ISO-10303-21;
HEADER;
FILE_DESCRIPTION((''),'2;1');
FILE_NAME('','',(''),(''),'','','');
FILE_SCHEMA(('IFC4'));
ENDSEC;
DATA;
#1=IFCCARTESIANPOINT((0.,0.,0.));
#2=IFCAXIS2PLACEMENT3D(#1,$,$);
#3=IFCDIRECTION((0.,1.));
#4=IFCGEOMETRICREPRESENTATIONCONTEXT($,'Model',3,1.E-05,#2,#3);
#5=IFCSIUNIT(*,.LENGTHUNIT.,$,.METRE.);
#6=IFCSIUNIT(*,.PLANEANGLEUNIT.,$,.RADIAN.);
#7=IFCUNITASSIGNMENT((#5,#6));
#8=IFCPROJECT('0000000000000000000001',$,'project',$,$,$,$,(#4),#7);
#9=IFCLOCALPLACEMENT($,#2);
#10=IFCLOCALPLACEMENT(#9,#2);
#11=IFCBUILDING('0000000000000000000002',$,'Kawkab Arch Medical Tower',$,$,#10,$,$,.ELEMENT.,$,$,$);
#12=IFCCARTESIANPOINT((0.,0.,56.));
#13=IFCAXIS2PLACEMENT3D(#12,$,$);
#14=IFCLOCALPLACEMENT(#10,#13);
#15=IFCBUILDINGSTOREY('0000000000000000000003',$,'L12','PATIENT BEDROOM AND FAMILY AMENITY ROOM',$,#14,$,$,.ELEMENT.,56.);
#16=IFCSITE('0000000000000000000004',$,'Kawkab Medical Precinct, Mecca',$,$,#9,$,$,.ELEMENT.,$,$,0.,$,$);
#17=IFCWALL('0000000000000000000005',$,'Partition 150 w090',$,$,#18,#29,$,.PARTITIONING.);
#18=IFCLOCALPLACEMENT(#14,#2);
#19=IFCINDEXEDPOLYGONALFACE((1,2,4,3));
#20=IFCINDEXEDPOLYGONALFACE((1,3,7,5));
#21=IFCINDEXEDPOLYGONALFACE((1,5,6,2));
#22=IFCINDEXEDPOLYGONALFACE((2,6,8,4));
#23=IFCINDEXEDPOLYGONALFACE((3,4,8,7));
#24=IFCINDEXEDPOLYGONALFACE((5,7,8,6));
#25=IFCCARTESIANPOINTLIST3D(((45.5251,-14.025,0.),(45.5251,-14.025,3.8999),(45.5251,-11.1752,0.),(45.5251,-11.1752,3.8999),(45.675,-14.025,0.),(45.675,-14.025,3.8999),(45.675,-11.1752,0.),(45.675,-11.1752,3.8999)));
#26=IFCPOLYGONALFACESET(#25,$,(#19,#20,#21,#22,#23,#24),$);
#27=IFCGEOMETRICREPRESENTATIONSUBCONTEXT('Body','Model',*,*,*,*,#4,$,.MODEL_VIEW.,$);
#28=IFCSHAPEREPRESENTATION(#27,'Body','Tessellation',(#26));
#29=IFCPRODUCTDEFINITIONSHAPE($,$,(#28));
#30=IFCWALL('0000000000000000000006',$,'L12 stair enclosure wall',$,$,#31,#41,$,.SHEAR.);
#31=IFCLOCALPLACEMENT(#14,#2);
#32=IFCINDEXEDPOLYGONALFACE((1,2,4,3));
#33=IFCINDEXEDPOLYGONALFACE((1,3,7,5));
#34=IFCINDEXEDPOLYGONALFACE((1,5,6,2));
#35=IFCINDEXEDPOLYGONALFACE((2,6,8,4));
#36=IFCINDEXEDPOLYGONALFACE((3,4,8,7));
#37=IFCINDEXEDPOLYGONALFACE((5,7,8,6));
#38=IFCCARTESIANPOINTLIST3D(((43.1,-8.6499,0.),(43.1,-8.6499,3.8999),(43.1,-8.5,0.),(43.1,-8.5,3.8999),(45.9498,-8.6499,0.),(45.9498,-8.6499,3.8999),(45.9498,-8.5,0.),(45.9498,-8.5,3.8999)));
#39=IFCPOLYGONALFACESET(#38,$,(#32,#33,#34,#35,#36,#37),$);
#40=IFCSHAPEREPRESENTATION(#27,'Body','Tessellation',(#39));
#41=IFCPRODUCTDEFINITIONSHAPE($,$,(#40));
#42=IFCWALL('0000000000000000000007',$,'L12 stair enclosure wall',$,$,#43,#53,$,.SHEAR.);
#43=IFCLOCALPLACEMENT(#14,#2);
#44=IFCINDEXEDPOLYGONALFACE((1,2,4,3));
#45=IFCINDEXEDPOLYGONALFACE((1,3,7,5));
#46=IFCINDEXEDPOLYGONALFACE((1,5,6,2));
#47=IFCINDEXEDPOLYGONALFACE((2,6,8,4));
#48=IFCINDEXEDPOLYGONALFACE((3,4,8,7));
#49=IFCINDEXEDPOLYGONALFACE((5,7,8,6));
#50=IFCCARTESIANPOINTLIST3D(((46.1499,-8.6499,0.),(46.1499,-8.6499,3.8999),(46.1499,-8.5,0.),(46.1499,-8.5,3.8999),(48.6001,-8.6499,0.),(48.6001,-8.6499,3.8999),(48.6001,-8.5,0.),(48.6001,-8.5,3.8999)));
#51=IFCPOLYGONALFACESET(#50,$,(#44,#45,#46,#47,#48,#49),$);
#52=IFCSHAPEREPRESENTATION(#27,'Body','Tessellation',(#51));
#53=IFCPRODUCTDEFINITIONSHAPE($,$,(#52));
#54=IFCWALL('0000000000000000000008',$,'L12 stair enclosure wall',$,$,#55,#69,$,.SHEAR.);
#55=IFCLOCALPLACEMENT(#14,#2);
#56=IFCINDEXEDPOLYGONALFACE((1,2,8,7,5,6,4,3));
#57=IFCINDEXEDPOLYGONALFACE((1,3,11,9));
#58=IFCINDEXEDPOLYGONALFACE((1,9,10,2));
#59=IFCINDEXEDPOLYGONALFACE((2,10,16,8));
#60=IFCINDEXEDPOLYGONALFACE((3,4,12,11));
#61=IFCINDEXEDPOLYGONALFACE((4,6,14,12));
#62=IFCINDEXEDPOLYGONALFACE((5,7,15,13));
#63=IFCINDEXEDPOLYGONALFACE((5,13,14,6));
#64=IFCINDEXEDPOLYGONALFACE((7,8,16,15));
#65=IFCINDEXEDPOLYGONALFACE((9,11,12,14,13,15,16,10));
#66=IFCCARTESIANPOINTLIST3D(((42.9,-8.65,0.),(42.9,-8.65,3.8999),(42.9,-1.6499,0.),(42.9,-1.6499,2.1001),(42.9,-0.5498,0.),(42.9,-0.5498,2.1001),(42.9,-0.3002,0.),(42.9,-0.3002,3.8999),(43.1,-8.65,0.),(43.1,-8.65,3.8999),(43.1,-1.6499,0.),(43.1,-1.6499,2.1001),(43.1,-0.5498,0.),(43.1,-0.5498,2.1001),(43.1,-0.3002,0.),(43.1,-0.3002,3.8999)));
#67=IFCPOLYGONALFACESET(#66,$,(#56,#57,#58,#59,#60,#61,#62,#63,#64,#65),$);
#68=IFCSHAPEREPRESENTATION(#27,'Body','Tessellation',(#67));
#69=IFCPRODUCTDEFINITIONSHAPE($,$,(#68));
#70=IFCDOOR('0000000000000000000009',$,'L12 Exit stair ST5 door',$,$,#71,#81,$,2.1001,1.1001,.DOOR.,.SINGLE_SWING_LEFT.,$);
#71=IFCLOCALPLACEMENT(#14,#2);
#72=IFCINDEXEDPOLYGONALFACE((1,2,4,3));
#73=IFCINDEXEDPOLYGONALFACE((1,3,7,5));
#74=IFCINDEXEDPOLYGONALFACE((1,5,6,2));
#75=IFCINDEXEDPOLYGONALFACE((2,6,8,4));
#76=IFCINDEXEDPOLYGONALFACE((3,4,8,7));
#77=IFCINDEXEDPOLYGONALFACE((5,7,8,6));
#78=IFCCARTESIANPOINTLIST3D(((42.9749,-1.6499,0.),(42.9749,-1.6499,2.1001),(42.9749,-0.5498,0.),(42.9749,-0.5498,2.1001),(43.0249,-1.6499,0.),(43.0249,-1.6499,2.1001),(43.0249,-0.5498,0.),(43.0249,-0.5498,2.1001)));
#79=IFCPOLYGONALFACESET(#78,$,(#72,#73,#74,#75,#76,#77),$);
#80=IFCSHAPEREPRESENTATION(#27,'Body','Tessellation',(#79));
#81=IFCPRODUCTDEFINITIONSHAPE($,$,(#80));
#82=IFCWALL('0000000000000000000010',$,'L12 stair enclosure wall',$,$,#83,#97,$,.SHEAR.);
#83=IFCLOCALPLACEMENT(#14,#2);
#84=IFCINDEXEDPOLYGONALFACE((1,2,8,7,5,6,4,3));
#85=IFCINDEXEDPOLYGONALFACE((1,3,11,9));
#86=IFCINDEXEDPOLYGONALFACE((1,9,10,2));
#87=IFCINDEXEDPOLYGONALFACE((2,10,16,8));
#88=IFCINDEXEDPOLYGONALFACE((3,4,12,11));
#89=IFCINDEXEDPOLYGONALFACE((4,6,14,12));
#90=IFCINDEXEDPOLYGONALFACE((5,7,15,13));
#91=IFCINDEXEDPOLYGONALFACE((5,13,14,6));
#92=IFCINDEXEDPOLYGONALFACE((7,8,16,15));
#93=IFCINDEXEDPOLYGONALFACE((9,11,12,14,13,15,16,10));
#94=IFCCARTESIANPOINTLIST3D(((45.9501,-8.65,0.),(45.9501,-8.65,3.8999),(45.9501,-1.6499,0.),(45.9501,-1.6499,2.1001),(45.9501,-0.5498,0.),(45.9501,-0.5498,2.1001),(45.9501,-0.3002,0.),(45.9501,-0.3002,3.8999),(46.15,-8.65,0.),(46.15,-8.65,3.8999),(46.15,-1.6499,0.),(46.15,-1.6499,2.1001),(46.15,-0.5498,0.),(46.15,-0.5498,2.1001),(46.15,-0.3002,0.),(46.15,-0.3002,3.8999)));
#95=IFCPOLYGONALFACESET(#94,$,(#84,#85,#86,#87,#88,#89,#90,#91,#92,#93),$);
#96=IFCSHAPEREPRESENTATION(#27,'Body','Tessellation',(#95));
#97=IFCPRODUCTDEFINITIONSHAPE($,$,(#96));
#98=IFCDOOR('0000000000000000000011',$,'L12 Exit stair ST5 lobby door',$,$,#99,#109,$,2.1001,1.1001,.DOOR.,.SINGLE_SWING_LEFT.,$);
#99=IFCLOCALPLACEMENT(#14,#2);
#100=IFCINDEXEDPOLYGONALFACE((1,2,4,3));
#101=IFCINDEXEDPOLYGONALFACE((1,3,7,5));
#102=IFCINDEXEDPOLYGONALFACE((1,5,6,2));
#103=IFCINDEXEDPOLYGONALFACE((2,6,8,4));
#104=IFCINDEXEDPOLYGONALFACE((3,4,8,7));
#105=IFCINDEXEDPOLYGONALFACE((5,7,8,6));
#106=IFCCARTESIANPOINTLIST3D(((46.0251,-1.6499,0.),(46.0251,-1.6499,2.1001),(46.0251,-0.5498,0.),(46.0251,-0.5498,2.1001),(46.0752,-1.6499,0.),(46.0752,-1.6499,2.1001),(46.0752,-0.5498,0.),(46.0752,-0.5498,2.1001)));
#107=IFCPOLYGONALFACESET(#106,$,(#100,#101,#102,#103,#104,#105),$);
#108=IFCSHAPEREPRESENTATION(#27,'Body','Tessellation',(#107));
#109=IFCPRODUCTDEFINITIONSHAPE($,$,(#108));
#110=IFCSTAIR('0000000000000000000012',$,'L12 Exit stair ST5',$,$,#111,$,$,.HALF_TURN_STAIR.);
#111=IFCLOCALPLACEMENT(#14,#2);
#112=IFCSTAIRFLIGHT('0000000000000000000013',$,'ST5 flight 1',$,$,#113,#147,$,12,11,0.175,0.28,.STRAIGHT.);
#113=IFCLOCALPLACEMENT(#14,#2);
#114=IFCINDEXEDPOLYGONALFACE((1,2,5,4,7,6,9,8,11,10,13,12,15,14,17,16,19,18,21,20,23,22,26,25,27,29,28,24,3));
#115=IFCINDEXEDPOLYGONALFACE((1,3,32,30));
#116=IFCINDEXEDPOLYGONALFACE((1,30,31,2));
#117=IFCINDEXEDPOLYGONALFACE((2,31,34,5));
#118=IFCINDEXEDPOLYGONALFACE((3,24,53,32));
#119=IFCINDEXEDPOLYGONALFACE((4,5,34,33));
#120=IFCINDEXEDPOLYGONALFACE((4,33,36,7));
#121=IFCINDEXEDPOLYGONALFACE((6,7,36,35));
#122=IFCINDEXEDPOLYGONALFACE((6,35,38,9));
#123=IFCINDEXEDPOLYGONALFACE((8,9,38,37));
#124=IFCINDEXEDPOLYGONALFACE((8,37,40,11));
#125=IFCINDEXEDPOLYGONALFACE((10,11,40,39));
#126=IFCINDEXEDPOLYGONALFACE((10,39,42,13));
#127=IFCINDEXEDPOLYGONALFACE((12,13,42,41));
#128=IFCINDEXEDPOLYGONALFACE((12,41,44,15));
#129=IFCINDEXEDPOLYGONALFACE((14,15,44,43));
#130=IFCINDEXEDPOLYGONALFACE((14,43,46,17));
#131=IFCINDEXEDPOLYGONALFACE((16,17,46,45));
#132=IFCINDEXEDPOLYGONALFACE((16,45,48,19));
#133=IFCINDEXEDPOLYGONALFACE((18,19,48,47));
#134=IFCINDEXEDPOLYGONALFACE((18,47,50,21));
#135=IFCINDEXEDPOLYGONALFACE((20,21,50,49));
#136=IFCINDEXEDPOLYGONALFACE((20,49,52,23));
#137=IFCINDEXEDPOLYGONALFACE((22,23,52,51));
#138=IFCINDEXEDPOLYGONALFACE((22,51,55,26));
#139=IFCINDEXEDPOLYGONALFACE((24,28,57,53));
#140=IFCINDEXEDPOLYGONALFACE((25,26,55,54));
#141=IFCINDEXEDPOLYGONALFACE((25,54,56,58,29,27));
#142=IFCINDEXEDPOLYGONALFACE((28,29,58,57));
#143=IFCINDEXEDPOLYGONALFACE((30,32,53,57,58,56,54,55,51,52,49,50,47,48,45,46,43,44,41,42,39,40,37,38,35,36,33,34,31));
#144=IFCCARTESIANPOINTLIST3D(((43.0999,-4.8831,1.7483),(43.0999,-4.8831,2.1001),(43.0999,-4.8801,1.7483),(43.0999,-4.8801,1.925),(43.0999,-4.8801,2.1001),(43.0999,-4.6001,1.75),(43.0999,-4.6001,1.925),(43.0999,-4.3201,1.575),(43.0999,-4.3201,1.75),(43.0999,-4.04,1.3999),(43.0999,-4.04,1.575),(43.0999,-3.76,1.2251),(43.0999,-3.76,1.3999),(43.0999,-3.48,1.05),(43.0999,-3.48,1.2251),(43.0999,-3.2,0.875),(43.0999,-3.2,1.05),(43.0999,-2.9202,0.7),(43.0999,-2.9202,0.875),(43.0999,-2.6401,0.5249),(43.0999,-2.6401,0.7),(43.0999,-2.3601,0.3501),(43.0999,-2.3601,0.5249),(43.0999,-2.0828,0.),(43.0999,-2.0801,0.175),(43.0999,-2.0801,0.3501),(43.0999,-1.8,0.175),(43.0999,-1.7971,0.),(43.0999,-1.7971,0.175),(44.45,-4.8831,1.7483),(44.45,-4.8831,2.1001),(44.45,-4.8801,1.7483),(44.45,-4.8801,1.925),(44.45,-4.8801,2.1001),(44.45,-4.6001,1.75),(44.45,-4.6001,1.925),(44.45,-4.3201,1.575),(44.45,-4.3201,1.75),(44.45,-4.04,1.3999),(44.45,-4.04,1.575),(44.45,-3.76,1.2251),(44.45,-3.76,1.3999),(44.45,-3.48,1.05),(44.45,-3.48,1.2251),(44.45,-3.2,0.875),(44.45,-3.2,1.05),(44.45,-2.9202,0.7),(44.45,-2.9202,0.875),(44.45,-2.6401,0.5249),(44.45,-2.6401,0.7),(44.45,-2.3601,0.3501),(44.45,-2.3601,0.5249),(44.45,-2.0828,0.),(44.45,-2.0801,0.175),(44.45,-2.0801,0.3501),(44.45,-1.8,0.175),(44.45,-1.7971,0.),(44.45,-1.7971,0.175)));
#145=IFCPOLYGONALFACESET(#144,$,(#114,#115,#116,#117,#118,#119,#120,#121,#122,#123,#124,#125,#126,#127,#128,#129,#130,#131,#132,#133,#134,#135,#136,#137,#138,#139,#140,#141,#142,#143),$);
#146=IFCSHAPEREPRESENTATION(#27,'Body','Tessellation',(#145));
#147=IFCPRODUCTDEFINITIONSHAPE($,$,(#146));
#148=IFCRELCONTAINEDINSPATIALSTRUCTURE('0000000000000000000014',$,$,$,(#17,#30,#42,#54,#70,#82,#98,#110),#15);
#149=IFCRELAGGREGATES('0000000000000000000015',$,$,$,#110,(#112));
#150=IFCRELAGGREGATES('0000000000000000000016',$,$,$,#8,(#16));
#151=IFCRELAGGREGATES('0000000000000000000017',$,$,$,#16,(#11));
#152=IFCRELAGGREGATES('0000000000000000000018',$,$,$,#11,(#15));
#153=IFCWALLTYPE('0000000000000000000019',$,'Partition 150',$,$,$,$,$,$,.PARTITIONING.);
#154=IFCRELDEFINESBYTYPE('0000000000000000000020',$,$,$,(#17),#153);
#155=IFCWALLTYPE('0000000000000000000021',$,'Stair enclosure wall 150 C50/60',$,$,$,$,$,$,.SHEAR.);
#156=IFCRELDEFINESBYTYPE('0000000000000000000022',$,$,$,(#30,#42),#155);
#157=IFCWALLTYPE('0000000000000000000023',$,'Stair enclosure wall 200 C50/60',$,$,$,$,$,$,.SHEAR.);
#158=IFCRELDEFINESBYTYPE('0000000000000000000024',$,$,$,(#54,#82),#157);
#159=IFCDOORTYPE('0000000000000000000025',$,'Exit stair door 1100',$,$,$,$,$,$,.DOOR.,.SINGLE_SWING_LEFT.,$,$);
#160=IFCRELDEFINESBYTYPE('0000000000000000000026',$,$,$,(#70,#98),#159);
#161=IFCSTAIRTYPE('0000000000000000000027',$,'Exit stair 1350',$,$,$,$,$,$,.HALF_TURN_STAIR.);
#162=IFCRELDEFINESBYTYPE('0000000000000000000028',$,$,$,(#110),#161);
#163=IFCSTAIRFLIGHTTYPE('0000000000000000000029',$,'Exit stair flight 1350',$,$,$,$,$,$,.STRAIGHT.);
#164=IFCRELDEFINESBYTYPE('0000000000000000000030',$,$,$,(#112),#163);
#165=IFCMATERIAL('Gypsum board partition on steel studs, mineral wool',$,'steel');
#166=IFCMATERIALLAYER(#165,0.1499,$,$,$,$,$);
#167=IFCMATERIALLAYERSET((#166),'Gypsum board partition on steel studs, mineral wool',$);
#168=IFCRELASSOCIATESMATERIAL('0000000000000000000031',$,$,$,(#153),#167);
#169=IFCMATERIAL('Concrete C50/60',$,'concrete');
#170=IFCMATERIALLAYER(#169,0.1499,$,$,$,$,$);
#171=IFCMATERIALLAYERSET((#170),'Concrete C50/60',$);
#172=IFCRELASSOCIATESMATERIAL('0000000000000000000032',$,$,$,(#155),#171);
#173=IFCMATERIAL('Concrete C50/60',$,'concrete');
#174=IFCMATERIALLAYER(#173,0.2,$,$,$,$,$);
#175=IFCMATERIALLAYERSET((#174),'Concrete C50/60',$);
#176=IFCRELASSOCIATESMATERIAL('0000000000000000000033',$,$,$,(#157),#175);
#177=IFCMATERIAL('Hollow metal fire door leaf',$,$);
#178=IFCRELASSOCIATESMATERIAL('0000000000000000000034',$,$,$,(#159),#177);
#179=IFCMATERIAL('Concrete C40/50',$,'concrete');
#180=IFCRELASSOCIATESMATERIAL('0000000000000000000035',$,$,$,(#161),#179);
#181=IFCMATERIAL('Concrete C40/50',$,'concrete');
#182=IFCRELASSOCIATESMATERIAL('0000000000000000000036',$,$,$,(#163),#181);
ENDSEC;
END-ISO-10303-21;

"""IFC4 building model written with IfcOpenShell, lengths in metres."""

from ifc_helpers import new_model, si_unit, direction, frame, frame_2d, origin, place, context, subcontext, project, spatial, polyline, rectangle, outline, extrude, material, layer, layer_set, type_object, element, fill, aggregate, save


model = new_model("IFC4")

# Units and contexts
model_context = context("Model", 3, precision=1e-05, world=origin(), true_north=direction((0.0, 1.0)))
body_context = subcontext(model_context, "Body", "Model", "MODEL_VIEW")
ifc_project = project(units=[si_unit("LENGTHUNIT", "METRE"), si_unit("PLANEANGLEUNIT", "RADIAN")], contexts=[model_context])

# Site, building, storey
site_placement = place(None, origin())
site = spatial("IfcSite", under=ifc_project, at=site_placement, Name="Kawkab Medical Precinct, Mecca", CompositionType="ELEMENT", RefElevation=0.0)
building_placement = place(site_placement, origin())
building = spatial("IfcBuilding", under=site, at=building_placement, Name="Kawkab Arch Medical Tower", CompositionType="ELEMENT")
storey_placement = place(building_placement, frame((0.0, 0.0, 56.0)))
storey = spatial("IfcBuildingStorey", under=building, at=storey_placement, Name="L12", Description="PATIENT BEDROOM AND FAMILY AMENITY ROOM", CompositionType="ELEMENT", Elevation=56.0)

# Shared definitions
ifc_material_1 = material(Name="Gypsum board partition on steel studs, mineral wool", Category="steel")
ifc_layer_1 = layer(ifc_material_1, 0.1499)
ifc_layer_set_1 = layer_set([ifc_layer_1], Name="Gypsum board partition on steel studs, mineral wool")
wall_type_1 = type_object("IfcWallType", Name="Partition 150", PredefinedType="PARTITIONING", material=ifc_layer_set_1)

# Walls
wall_1_placement = place(storey_placement, frame((45.6001, -14.0249, 0.0), z_axis=(0.0, 0.0, 1.0), x_axis=(0.0, 1.0, 0.0)))
element("IfcWall", 1, at=wall_1_placement, inside=storey, type_object=wall_type_1, Name="Partition 150 w090", PredefinedType="PARTITIONING", context=body_context, shape_type="SweptSolid", body=[
    extrude(rectangle(XDim=2.8499, YDim=0.1499, at=frame_2d((1.4248, 0.0))), origin(), (0.0, 0.0, 1.0), 3.8999),
])
ifc_material_2 = material(Name="Concrete C50/60", Category="concrete")
ifc_layer_2 = layer(ifc_material_2, 0.1499)
ifc_layer_set_2 = layer_set([ifc_layer_2], Name="Concrete C50/60")
wall_type_2 = type_object("IfcWallType", Name="Stair enclosure wall 150 C50/60", PredefinedType="SHEAR", material=ifc_layer_set_2)
wall_2_placement = place(storey_placement, frame((43.1001, -8.575, 0.0), z_axis=(0.0, 0.0, 1.0), x_axis=(1.0, 0.0, 0.0)))
element("IfcWall", 2, at=wall_2_placement, inside=storey, type_object=wall_type_2, Name="L12 stair enclosure wall", PredefinedType="SHEAR", context=body_context, shape_type="SweptSolid", body=[
    extrude(rectangle(XDim=2.8499, YDim=0.1499, at=frame_2d((1.4248, 0.0))), origin(), (0.0, 0.0, 1.0), 3.8999),
])
wall_3_placement = place(storey_placement, frame((46.1499, -8.575, 0.0), z_axis=(0.0, 0.0, 1.0), x_axis=(1.0, 0.0, 0.0)))
element("IfcWall", 3, at=wall_3_placement, inside=storey, type_object=wall_type_2, Name="L12 stair enclosure wall", PredefinedType="SHEAR", context=body_context, shape_type="SweptSolid", body=[
    extrude(rectangle(XDim=2.4502, YDim=0.1499, at=frame_2d((1.2251, 0.0))), origin(), (0.0, 0.0, 1.0), 3.8999),
])

# Walls, openings, doors
ifc_material_3 = material(Name="Concrete C50/60", Category="concrete")
ifc_layer_3 = layer(ifc_material_3, 0.2)
ifc_layer_set_3 = layer_set([ifc_layer_3], Name="Concrete C50/60")
wall_type_3 = type_object("IfcWallType", Name="Stair enclosure wall 200 C50/60", PredefinedType="SHEAR", material=ifc_layer_set_3)
wall_4_placement = place(storey_placement, frame((43.0, -8.6499, 0.0), z_axis=(0.0, 0.0, 1.0), x_axis=(0.0, 1.0, 0.0)))
wall_4 = element("IfcWall", 4, at=wall_4_placement, inside=storey, type_object=wall_type_3, Name="L12 stair enclosure wall", PredefinedType="SHEAR", context=body_context, shape_type="SweptSolid", body=[
    extrude(rectangle(XDim=8.3499, YDim=0.2, at=frame_2d((4.1748, 0.0))), origin(), (0.0, 0.0, 1.0), 3.8999),
])
opening_1_placement = place(wall_4_placement, frame((7.0, 0.0, 0.0)))
opening_1 = element("IfcOpeningElement", 5, at=opening_1_placement, cuts=wall_4, PredefinedType="OPENING", context=body_context, shape_type="SweptSolid", body=[
    extrude(rectangle(XDim=1.1001, YDim=2.1001, at=frame_2d((0.55, 1.05))), frame((0.0, 0.1099, 0.0), z_axis=(0.0, -1.0, 0.0), x_axis=(1.0, 0.0, 0.0)), (0.0, 0.0, 1.0), 0.22),
])
ifc_material_4 = material(Name="Hollow metal fire door leaf")
door_type_1 = type_object("IfcDoorType", Name="Exit stair door 1100", OperationType="SINGLE_SWING_LEFT", PredefinedType="DOOR", material=ifc_material_4)
door_1_placement = place(opening_1_placement, frame((1.1001, 0.0, 0.0), z_axis=(0.0, 0.0, 1.0), x_axis=(-1.0, 0.0, 0.0)))
door_1 = element("IfcDoor", 6, at=door_1_placement, inside=storey, type_object=door_type_1, Name="L12 Exit stair ST5 door", OperationType="SINGLE_SWING_LEFT", OverallHeight=2.1001, OverallWidth=1.1001, PredefinedType="DOOR", context=body_context, shape_type="SweptSolid", body=[
    extrude(rectangle(XDim=1.1001, YDim=2.1001, at=frame_2d((0.55, 1.05))), frame((0.0, 0.0249, 0.0), z_axis=(0.0, -1.0, 0.0), x_axis=(1.0, 0.0, 0.0)), (0.0, 0.0, 1.0), 0.05),
])
fill(opening_1, door_1)
wall_5_placement = place(storey_placement, frame((46.05, -8.6499, 0.0), z_axis=(0.0, 0.0, 1.0), x_axis=(0.0, 1.0, 0.0)))
wall_5 = element("IfcWall", 7, at=wall_5_placement, inside=storey, type_object=wall_type_3, Name="L12 stair enclosure wall", PredefinedType="SHEAR", context=body_context, shape_type="SweptSolid", body=[
    extrude(rectangle(XDim=8.3499, YDim=0.2, at=frame_2d((4.1748, 0.0))), origin(), (0.0, 0.0, 1.0), 3.8999),
])
opening_2_placement = place(wall_5_placement, frame((7.0, 0.0, 0.0)))
opening_2 = element("IfcOpeningElement", 8, at=opening_2_placement, cuts=wall_5, PredefinedType="OPENING", context=body_context, shape_type="SweptSolid", body=[
    extrude(rectangle(XDim=1.1001, YDim=2.1001, at=frame_2d((0.55, 1.05))), frame((0.0, 0.1099, 0.0), z_axis=(0.0, -1.0, 0.0), x_axis=(1.0, 0.0, 0.0)), (0.0, 0.0, 1.0), 0.22),
])
door_2_placement = place(opening_2_placement, origin())
door_2 = element("IfcDoor", 9, at=door_2_placement, inside=storey, type_object=door_type_1, Name="L12 Exit stair ST5 lobby door", OperationType="SINGLE_SWING_LEFT", OverallHeight=2.1001, OverallWidth=1.1001, PredefinedType="DOOR", context=body_context, shape_type="SweptSolid", body=[
    extrude(rectangle(XDim=1.1001, YDim=2.1001, at=frame_2d((0.55, 1.05))), frame((0.0, 0.0249, 0.0), z_axis=(0.0, -1.0, 0.0), x_axis=(1.0, 0.0, 0.0)), (0.0, 0.0, 1.0), 0.05),
])
fill(opening_2, door_2)

# Stair, stair flight
ifc_material_5 = material(Name="Concrete C40/50", Category="concrete")
stair_type = type_object("IfcStairType", Name="Exit stair 1350", PredefinedType="HALF_TURN_STAIR", material=ifc_material_5)
stair_placement = place(storey_placement, origin())
stair = element("IfcStair", 10, at=stair_placement, inside=storey, type_object=stair_type, Name="L12 Exit stair ST5", PredefinedType="HALF_TURN_STAIR")
ifc_material_6 = material(Name="Concrete C40/50", Category="concrete")
stair_flight_type = type_object("IfcStairFlightType", Name="Exit stair flight 1350", PredefinedType="STRAIGHT", material=ifc_material_6)
stair_flight_1_placement = place(storey_placement, frame((43.7749, -1.8, 0.0), z_axis=(0.0, 0.0, 1.0), x_axis=(0.0, -1.0, 0.0)))
stair_flight_1 = element("IfcStairFlight", 11, at=stair_flight_1_placement, type_object=stair_flight_type, Name="ST5 flight 1", NumberOfRisers=12, NumberOfTreads=11, PredefinedType="STRAIGHT", RiserHeight=0.175, TreadLength=0.28, context=body_context, shape_type="SweptSolid", body=[
    extrude(outline(polyline([(-0.0029, 0.0), (-0.0029, 0.175), (0.0, 0.175), (0.28, 0.175), (0.28, 0.3501), (0.5601, 0.3501), (0.5601, 0.5249), (0.8401, 0.5249), (0.8401, 0.7), (1.1201, 0.7), (1.1201, 0.875), (1.3999, 0.875), (1.3999, 1.05), (1.6799, 1.05), (1.6799, 1.2251), (1.96, 1.2251), (1.96, 1.3999), (2.24, 1.3999), (2.24, 1.575), (2.52, 1.575), (2.52, 1.75), (2.8, 1.75), (2.8, 1.925), (3.0801, 1.925), (3.0801, 2.1001), (3.083, 2.1001), (3.083, 1.7483), (3.0801, 1.7483), (0.2827, 0.0), (-0.0029, 0.0)])), frame((0.0, 0.675, 0.0), z_axis=(0.0, -1.0, 0.0), x_axis=(1.0, 0.0, 0.0)), (0.0, 0.0, 1.0), 1.3501),
])
aggregate(stair, [stair_flight_1])

save(model, "model.ifc")
